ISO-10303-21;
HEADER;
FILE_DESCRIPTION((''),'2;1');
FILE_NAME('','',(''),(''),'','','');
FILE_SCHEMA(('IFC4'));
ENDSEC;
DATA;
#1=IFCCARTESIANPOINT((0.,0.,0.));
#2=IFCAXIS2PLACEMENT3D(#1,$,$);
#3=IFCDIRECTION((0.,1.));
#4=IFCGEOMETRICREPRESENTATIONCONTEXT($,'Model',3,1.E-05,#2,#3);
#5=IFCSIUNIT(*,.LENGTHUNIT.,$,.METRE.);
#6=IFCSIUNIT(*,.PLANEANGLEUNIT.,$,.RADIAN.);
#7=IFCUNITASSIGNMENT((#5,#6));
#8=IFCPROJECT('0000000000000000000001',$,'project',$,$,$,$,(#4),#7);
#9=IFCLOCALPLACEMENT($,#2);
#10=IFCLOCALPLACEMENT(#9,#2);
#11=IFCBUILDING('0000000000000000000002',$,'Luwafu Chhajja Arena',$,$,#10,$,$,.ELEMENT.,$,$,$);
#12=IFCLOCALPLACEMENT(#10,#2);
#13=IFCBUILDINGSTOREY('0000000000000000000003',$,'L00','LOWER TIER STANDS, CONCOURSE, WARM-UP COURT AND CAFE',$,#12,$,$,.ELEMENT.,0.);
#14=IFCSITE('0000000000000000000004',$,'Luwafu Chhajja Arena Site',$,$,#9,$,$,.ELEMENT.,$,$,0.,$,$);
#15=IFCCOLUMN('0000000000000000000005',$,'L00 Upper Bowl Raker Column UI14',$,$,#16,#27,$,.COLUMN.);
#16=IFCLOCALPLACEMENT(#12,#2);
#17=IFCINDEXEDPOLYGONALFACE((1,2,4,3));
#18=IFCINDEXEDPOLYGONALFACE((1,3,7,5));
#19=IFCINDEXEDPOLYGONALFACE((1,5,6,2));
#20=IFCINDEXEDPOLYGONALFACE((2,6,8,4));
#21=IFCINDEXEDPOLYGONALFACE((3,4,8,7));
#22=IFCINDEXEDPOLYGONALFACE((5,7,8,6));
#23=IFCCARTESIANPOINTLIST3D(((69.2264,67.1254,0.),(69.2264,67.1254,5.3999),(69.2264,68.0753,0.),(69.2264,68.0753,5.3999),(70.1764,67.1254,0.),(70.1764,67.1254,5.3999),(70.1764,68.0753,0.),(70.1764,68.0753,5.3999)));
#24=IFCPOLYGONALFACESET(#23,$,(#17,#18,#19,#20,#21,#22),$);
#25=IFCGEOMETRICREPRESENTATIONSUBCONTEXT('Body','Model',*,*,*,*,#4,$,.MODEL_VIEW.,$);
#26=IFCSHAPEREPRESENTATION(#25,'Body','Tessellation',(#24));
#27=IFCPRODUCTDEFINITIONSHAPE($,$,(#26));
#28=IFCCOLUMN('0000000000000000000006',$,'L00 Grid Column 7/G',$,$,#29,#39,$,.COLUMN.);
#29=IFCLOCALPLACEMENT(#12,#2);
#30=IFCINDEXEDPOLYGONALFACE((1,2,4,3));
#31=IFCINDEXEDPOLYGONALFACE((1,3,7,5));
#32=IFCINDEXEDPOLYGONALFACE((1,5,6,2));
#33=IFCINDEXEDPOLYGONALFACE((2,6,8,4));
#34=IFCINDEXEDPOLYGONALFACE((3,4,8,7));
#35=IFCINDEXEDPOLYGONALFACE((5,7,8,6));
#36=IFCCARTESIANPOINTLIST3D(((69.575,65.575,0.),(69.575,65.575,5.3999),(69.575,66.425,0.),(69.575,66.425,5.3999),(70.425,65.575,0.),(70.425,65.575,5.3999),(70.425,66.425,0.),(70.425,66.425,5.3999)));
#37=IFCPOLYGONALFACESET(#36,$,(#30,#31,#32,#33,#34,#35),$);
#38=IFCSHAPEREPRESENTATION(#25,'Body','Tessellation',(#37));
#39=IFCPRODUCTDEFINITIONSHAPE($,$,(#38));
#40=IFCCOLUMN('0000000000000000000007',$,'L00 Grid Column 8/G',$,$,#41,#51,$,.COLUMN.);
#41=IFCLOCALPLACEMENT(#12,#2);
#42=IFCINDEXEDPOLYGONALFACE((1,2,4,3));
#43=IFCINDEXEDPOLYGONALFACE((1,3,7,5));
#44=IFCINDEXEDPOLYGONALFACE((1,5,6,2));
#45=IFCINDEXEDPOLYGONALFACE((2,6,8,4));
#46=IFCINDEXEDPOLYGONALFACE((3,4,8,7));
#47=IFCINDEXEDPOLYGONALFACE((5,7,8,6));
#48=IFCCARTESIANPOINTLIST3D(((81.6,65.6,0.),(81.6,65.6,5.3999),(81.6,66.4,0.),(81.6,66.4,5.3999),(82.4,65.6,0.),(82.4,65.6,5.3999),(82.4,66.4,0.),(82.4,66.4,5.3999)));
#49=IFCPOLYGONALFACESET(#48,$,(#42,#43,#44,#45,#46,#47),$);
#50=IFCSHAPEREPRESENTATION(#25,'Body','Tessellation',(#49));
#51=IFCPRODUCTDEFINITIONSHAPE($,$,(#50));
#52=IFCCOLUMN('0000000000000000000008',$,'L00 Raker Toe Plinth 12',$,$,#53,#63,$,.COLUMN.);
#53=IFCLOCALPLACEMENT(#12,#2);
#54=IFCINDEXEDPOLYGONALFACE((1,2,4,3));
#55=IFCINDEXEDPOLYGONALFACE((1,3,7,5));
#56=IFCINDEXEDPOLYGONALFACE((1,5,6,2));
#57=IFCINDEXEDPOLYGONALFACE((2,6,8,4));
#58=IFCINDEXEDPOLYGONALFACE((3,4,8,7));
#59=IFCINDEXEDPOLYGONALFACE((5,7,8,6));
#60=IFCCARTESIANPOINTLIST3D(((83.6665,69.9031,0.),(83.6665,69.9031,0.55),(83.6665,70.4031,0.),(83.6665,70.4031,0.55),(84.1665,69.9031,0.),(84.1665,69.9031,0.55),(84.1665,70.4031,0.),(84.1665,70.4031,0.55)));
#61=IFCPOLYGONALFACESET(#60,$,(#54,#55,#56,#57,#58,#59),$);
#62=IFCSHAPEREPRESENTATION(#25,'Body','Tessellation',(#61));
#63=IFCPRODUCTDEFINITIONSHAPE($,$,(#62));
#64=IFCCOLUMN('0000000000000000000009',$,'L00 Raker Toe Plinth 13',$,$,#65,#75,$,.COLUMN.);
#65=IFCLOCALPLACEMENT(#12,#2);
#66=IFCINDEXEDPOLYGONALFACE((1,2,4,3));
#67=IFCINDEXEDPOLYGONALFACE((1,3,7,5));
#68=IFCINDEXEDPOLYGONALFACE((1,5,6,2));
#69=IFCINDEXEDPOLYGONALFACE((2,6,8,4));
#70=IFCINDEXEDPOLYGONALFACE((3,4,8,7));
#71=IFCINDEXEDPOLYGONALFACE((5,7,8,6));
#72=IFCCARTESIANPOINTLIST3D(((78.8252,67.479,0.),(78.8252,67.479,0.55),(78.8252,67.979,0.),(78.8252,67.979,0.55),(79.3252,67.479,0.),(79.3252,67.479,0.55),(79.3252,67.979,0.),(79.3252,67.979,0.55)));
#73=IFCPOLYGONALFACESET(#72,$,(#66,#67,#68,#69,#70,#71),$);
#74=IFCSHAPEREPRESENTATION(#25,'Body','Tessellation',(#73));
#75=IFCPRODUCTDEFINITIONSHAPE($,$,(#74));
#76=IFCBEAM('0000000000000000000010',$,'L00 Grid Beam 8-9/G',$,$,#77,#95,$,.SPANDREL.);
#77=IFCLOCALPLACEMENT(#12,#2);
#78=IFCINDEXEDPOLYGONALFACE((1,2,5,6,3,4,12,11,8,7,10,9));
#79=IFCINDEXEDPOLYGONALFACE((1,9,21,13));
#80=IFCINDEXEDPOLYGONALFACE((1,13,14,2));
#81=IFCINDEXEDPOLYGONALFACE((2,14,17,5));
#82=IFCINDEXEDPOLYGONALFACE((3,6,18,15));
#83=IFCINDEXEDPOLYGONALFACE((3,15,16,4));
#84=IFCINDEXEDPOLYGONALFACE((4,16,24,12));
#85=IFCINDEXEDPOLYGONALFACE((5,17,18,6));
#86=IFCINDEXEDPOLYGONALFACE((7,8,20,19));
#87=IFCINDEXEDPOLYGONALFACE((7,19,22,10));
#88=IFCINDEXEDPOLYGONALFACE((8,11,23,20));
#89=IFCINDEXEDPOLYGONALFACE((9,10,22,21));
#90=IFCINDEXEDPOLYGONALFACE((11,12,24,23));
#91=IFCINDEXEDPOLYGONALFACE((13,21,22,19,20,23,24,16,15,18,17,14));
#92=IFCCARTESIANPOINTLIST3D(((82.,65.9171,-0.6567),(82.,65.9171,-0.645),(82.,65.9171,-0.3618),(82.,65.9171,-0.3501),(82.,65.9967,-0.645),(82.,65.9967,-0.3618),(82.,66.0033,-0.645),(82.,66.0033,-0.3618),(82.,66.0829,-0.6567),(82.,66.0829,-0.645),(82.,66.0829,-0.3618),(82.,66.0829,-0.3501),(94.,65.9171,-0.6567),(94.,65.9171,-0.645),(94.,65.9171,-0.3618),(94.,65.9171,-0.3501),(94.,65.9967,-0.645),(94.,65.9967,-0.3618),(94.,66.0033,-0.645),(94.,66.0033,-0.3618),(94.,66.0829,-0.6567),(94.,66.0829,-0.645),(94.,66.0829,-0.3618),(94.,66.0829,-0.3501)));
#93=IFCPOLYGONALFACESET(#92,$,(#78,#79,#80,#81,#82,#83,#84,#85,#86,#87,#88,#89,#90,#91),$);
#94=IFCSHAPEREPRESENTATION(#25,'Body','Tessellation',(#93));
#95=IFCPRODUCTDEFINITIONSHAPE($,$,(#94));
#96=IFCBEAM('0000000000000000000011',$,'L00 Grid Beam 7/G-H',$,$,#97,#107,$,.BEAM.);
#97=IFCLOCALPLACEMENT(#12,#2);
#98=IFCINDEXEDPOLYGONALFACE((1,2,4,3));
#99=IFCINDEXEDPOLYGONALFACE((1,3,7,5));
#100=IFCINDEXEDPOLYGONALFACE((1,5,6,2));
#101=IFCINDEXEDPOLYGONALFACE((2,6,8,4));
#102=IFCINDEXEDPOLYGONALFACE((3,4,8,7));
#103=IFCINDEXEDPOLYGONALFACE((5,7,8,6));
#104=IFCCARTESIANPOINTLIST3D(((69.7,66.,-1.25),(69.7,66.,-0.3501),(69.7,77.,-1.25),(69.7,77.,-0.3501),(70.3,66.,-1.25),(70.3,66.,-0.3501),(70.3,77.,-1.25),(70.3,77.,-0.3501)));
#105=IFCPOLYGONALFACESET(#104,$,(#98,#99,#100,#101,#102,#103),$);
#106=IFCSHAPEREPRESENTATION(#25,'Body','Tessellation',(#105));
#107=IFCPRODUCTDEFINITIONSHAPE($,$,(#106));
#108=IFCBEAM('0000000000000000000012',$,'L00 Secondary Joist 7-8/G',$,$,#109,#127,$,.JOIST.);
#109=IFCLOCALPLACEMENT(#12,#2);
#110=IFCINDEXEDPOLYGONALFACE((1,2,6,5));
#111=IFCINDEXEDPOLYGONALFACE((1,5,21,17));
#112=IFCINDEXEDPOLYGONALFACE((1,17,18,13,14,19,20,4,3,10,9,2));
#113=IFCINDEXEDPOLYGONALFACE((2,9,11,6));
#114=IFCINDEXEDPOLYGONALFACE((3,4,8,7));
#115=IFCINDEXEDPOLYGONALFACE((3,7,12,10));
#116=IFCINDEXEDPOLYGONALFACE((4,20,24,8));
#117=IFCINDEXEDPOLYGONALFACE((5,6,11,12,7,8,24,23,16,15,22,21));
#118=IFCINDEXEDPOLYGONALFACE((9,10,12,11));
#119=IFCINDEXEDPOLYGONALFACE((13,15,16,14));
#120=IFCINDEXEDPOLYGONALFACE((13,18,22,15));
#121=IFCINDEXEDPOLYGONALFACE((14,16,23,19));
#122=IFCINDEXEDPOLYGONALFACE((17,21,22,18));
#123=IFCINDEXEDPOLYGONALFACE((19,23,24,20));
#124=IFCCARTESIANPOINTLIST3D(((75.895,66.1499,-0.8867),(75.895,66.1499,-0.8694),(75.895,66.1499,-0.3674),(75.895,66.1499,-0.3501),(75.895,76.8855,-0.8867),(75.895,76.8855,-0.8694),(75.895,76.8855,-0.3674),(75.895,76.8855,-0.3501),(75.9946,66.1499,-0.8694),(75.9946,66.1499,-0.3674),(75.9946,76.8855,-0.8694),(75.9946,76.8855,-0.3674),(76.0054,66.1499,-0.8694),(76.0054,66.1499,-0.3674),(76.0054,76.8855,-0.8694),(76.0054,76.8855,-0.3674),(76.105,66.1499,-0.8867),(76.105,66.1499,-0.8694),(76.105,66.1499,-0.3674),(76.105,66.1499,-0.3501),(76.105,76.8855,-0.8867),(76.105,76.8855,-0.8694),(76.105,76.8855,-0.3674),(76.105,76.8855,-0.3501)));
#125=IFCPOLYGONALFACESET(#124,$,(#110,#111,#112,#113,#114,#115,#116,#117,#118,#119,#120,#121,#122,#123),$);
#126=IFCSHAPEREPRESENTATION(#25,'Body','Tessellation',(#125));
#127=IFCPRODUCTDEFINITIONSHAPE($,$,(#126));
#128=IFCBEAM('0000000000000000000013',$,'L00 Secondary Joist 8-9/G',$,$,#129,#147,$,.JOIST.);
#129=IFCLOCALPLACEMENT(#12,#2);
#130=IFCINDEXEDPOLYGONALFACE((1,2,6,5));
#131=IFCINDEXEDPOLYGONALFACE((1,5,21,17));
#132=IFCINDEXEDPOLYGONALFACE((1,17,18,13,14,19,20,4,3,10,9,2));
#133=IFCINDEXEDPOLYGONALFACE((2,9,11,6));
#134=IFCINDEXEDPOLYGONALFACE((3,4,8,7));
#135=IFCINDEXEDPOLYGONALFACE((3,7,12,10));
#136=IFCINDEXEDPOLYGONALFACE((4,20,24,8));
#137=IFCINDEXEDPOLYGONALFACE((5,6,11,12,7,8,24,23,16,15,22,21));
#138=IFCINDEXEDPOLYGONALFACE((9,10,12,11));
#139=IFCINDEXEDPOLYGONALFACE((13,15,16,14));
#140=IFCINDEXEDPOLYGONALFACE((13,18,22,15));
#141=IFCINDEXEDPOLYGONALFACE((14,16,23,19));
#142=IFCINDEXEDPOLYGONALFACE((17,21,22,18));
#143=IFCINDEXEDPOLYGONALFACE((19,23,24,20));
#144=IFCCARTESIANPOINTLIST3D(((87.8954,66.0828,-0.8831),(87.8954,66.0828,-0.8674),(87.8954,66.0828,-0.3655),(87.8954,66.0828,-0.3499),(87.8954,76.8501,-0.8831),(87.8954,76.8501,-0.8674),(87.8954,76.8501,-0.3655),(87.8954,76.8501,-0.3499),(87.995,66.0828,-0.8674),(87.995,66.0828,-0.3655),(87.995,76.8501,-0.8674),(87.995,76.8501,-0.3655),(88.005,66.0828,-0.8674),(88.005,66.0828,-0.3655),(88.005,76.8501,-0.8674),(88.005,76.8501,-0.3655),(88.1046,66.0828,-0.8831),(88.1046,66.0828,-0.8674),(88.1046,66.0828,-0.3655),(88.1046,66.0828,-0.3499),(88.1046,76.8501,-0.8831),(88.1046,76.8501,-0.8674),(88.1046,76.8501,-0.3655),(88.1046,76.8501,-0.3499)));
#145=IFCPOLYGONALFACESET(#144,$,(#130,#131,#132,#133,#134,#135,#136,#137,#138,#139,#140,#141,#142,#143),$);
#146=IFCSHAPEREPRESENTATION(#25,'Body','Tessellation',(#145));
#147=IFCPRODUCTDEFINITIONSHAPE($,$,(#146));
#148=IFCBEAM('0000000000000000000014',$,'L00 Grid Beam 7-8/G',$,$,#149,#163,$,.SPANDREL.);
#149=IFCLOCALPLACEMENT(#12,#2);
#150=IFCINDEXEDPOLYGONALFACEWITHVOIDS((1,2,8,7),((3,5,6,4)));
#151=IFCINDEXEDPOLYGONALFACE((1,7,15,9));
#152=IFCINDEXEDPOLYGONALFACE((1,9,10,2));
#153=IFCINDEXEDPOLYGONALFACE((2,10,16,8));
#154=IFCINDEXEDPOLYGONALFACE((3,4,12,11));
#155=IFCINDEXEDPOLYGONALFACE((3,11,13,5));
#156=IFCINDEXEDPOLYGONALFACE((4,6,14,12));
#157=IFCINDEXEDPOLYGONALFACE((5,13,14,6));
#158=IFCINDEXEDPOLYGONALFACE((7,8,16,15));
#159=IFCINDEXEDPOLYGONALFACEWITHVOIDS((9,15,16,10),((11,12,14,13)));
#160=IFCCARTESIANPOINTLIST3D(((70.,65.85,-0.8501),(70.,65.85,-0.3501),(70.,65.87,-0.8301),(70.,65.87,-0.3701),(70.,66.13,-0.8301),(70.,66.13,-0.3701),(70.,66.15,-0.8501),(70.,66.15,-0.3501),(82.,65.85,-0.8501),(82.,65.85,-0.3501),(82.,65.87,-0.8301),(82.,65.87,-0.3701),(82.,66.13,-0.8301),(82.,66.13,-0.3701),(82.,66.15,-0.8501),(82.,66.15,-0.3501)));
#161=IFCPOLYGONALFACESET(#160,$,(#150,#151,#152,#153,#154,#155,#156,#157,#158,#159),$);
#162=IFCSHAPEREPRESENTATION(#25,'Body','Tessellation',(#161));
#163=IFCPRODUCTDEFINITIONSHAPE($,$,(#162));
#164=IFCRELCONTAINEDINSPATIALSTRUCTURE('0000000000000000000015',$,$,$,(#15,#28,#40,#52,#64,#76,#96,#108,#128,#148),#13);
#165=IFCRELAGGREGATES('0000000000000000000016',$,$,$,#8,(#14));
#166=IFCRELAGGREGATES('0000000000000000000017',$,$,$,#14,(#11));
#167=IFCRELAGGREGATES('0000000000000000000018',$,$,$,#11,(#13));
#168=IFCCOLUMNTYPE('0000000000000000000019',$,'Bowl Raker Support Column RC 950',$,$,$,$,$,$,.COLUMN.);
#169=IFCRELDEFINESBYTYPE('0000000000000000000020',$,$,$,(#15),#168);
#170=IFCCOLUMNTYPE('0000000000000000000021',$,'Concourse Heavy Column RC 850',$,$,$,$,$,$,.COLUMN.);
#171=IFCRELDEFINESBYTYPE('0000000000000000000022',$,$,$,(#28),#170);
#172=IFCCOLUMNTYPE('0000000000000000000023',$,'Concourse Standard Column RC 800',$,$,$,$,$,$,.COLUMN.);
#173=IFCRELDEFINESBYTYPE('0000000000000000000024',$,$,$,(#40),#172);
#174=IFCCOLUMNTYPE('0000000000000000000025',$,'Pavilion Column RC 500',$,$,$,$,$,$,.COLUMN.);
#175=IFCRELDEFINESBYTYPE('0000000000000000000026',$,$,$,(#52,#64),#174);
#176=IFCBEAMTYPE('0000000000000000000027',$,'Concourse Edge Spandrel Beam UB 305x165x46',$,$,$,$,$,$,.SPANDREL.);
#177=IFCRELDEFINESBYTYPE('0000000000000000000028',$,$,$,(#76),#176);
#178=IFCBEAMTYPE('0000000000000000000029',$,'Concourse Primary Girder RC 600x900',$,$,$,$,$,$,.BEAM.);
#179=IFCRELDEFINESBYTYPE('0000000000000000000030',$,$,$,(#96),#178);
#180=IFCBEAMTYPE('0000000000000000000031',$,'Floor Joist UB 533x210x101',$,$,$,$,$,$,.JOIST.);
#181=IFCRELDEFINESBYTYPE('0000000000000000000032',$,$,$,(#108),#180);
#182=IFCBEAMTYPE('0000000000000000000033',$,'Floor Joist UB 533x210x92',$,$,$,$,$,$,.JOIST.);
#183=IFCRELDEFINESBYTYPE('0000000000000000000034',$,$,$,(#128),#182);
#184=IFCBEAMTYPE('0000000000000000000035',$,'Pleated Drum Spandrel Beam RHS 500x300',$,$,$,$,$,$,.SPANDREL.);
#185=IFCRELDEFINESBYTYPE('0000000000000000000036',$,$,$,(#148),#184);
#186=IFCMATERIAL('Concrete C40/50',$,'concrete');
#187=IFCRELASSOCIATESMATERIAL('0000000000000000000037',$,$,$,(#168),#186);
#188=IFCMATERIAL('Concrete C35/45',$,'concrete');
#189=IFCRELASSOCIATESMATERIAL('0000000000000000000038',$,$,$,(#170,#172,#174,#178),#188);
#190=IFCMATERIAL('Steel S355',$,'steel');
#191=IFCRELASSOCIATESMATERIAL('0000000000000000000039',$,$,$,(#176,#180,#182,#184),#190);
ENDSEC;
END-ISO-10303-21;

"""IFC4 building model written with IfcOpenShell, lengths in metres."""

from ifc_helpers import new_model, si_unit, direction, frame, origin, origin_2d, place, context, subcontext, project, spatial, rectangle, hollow_rectangle, i_section, extrude, material, material_profile, profile_set, type_object, element, save


model = new_model("IFC4")

# Units and contexts
model_context = context("Model", 3, precision=1e-05, world=origin(), true_north=direction((0.0, 1.0)))
body_context = subcontext(model_context, "Body", "Model", "MODEL_VIEW")
ifc_project = project(units=[si_unit("LENGTHUNIT", "METRE"), si_unit("PLANEANGLEUNIT", "RADIAN")], contexts=[model_context])

# Site, building, storey
site_placement = place(None, origin())
site = spatial("IfcSite", under=ifc_project, at=site_placement, Name="Luwafu Chhajja Arena Site", CompositionType="ELEMENT", RefElevation=0.0)
building_placement = place(site_placement, origin())
building = spatial("IfcBuilding", under=site, at=building_placement, Name="Luwafu Chhajja Arena", CompositionType="ELEMENT")
storey_placement = place(building_placement, origin())
storey = spatial("IfcBuildingStorey", under=building, at=storey_placement, Name="L00", Description="LOWER TIER STANDS, CONCOURSE, WARM-UP COURT AND CAFE", CompositionType="ELEMENT", Elevation=0.0)

# Columns
ifc_material_1 = material(Name="Concrete C40/50", Category="concrete")
ifc_material_profile_1 = material_profile(ifc_material_1, rectangle(XDim=0.95, YDim=0.95, at=origin_2d()), Name="RC 950x950")
ifc_profile_set_1 = profile_set([ifc_material_profile_1], Name="Concrete C40/50")
column_type_1 = type_object("IfcColumnType", Name="Bowl Raker Support Column RC 950", PredefinedType="COLUMN", material=ifc_profile_set_1)
column_1_placement = place(storey_placement, frame((69.7014, 67.6003, 0.0), z_axis=(0.0, 0.0, 1.0), x_axis=(1.0, 0.0, 0.0)))
element("IfcColumn", 1, at=column_1_placement, inside=storey, type_object=column_type_1, Name="L00 Upper Bowl Raker Column UI14", PredefinedType="COLUMN", context=body_context, shape_type="SweptSolid", body=[
    extrude(rectangle(XDim=0.95, YDim=0.95, at=origin_2d()), origin(), (0.0, 0.0, 1.0), 5.3999),
])
ifc_material_2 = material(Name="Concrete C35/45", Category="concrete")
ifc_material_profile_2 = material_profile(ifc_material_2, rectangle(XDim=0.8501, YDim=0.8501, at=origin_2d()), Name="RC 850x850")
ifc_profile_set_2 = profile_set([ifc_material_profile_2], Name="Concrete C35/45")
column_type_2 = type_object("IfcColumnType", Name="Concourse Heavy Column RC 850", PredefinedType="COLUMN", material=ifc_profile_set_2)
column_2_placement = place(storey_placement, frame((70.0, 66.0, 0.0), z_axis=(0.0, 0.0, 1.0), x_axis=(1.0, 0.0, 0.0)))
element("IfcColumn", 2, at=column_2_placement, inside=storey, type_object=column_type_2, Name="L00 Grid Column 7/G", PredefinedType="COLUMN", context=body_context, shape_type="SweptSolid", body=[
    extrude(rectangle(XDim=0.8501, YDim=0.8501, at=origin_2d()), origin(), (0.0, 0.0, 1.0), 5.3999),
])
ifc_material_profile_3 = material_profile(ifc_material_2, rectangle(XDim=0.8, YDim=0.8, at=origin_2d()), Name="RC 800x800")
ifc_profile_set_3 = profile_set([ifc_material_profile_3], Name="Concrete C35/45")
column_type_3 = type_object("IfcColumnType", Name="Concourse Standard Column RC 800", PredefinedType="COLUMN", material=ifc_profile_set_3)
column_3_placement = place(storey_placement, frame((82.0, 66.0, 0.0), z_axis=(0.0, 0.0, 1.0), x_axis=(1.0, 0.0, 0.0)))
element("IfcColumn", 3, at=column_3_placement, inside=storey, type_object=column_type_3, Name="L00 Grid Column 8/G", PredefinedType="COLUMN", context=body_context, shape_type="SweptSolid", body=[
    extrude(rectangle(XDim=0.8, YDim=0.8, at=origin_2d()), origin(), (0.0, 0.0, 1.0), 5.3999),
])
ifc_material_profile_4 = material_profile(ifc_material_2, rectangle(XDim=0.5, YDim=0.5, at=origin_2d()), Name="RC 500x500")
ifc_profile_set_4 = profile_set([ifc_material_profile_4], Name="Concrete C35/45")
column_type_4 = type_object("IfcColumnType", Name="Pavilion Column RC 500", PredefinedType="COLUMN", material=ifc_profile_set_4)
for number, where, z_axis, x_axis, name in (
    (4, (83.9165, 70.1531, 0.0), (0.0, 0.0, 1.0), (1.0, 0.0, 0.0), "L00 Raker Toe Plinth 12"),
    (5, (79.0752, 67.729, 0.0), (0.0, 0.0, 1.0), (1.0, 0.0, 0.0), "L00 Raker Toe Plinth 13"),
):
    element("IfcColumn", number, at=place(storey_placement, frame(where, z_axis=z_axis, x_axis=x_axis)), inside=storey, type_object=column_type_4, Name=name, PredefinedType="COLUMN", context=body_context, shape_type="SweptSolid", body=[
        extrude(rectangle(XDim=0.5, YDim=0.5, at=origin_2d()), origin(), (0.0, 0.0, 1.0), 0.55),
    ])

# Beams
ifc_material_3 = material(Name="Steel S355", Category="steel")
ifc_material_profile_5 = material_profile(ifc_material_3, i_section(OverallWidth=0.1658, OverallDepth=0.3066, WebThickness=0.0066, FlangeThickness=0.0117, at=origin_2d()), Name="UB 305x165x46")
ifc_profile_set_5 = profile_set([ifc_material_profile_5], Name="Steel S355")
beam_type_1 = type_object("IfcBeamType", Name="Concourse Edge Spandrel Beam UB 305x165x46", PredefinedType="SPANDREL", material=ifc_profile_set_5)
beam_1_placement = place(storey_placement, frame((82.0, 66.0, -0.5034), z_axis=(1.0, 0.0, 0.0), x_axis=(0.0, 1.0, 0.0)))
element("IfcBeam", 6, at=beam_1_placement, inside=storey, type_object=beam_type_1, Name="L00 Grid Beam 8-9/G", PredefinedType="SPANDREL", context=body_context, shape_type="SweptSolid", body=[
    extrude(i_section(OverallWidth=0.1658, OverallDepth=0.3066, WebThickness=0.0066, FlangeThickness=0.0117, at=origin_2d()), origin(), (0.0, 0.0, 1.0), 12.0),
])
ifc_material_profile_6 = material_profile(ifc_material_2, rectangle(XDim=0.6001, YDim=0.8999, at=origin_2d()), Name="RC 600x900")
ifc_profile_set_6 = profile_set([ifc_material_profile_6], Name="Concrete C35/45")
beam_type_2 = type_object("IfcBeamType", Name="Concourse Primary Girder RC 600x900", PredefinedType="BEAM", material=ifc_profile_set_6)
beam_2_placement = place(storey_placement, frame((70.0, 66.0, -0.8), z_axis=(0.0, 1.0, 0.0), x_axis=(-1.0, 0.0, 0.0)))
element("IfcBeam", 7, at=beam_2_placement, inside=storey, type_object=beam_type_2, Name="L00 Grid Beam 7/G-H", PredefinedType="BEAM", context=body_context, shape_type="SweptSolid", body=[
    extrude(rectangle(XDim=0.6001, YDim=0.8999, at=origin_2d()), origin(), (0.0, 0.0, 1.0), 11.0),
])
ifc_material_profile_7 = material_profile(ifc_material_3, i_section(OverallWidth=0.21, OverallDepth=0.5366, WebThickness=0.0107, FlangeThickness=0.0173, at=origin_2d()), Name="UB 533x210x101")
ifc_profile_set_7 = profile_set([ifc_material_profile_7], Name="Steel S355")
beam_type_3 = type_object("IfcBeamType", Name="Floor Joist UB 533x210x101", PredefinedType="JOIST", material=ifc_profile_set_7)
beam_3_placement = place(storey_placement, frame((76.0, 66.1499, -0.6184), z_axis=(0.0, 1.0, 0.0), x_axis=(-1.0, 0.0, 0.0)))
element("IfcBeam", 8, at=beam_3_placement, inside=storey, type_object=beam_type_3, Name="L00 Secondary Joist 7-8/G", PredefinedType="JOIST", context=body_context, shape_type="SweptSolid", body=[
    extrude(i_section(OverallWidth=0.21, OverallDepth=0.5366, WebThickness=0.0107, FlangeThickness=0.0173, at=origin_2d()), origin(), (0.0, 0.0, 1.0), 10.7356),
])
ifc_material_profile_8 = material_profile(ifc_material_3, i_section(OverallWidth=0.2092, OverallDepth=0.5332, WebThickness=0.01, FlangeThickness=0.0156, at=origin_2d()), Name="UB 533x210x92")
ifc_profile_set_8 = profile_set([ifc_material_profile_8], Name="Steel S355")
beam_type_4 = type_object("IfcBeamType", Name="Floor Joist UB 533x210x92", PredefinedType="JOIST", material=ifc_profile_set_8)
beam_4_placement = place(storey_placement, frame((88.0, 66.0828, -0.6165), z_axis=(0.0, 1.0, 0.0), x_axis=(-1.0, 0.0, 0.0)))
element("IfcBeam", 9, at=beam_4_placement, inside=storey, type_object=beam_type_4, Name="L00 Secondary Joist 8-9/G", PredefinedType="JOIST", context=body_context, shape_type="SweptSolid", body=[
    extrude(i_section(OverallWidth=0.2092, OverallDepth=0.5332, WebThickness=0.01, FlangeThickness=0.0156, at=origin_2d()), origin(), (0.0, 0.0, 1.0), 10.7673),
])
ifc_material_profile_9 = material_profile(ifc_material_3, hollow_rectangle(XDim=0.3, YDim=0.5, WallThickness=0.02, at=origin_2d()), Name="RHS 500x300x20")
ifc_profile_set_9 = profile_set([ifc_material_profile_9], Name="Steel S355")
beam_type_5 = type_object("IfcBeamType", Name="Pleated Drum Spandrel Beam RHS 500x300", PredefinedType="SPANDREL", material=ifc_profile_set_9)
beam_5_placement = place(storey_placement, frame((70.0, 66.0, -0.6001), z_axis=(1.0, 0.0, 0.0), x_axis=(0.0, 1.0, 0.0)))
element("IfcBeam", 10, at=beam_5_placement, inside=storey, type_object=beam_type_5, Name="L00 Grid Beam 7-8/G", PredefinedType="SPANDREL", context=body_context, shape_type="SweptSolid", body=[
    extrude(hollow_rectangle(XDim=0.3, YDim=0.5, WallThickness=0.02, at=origin_2d()), origin(), (0.0, 0.0, 1.0), 12.0),
])

save(model, "model.ifc")
